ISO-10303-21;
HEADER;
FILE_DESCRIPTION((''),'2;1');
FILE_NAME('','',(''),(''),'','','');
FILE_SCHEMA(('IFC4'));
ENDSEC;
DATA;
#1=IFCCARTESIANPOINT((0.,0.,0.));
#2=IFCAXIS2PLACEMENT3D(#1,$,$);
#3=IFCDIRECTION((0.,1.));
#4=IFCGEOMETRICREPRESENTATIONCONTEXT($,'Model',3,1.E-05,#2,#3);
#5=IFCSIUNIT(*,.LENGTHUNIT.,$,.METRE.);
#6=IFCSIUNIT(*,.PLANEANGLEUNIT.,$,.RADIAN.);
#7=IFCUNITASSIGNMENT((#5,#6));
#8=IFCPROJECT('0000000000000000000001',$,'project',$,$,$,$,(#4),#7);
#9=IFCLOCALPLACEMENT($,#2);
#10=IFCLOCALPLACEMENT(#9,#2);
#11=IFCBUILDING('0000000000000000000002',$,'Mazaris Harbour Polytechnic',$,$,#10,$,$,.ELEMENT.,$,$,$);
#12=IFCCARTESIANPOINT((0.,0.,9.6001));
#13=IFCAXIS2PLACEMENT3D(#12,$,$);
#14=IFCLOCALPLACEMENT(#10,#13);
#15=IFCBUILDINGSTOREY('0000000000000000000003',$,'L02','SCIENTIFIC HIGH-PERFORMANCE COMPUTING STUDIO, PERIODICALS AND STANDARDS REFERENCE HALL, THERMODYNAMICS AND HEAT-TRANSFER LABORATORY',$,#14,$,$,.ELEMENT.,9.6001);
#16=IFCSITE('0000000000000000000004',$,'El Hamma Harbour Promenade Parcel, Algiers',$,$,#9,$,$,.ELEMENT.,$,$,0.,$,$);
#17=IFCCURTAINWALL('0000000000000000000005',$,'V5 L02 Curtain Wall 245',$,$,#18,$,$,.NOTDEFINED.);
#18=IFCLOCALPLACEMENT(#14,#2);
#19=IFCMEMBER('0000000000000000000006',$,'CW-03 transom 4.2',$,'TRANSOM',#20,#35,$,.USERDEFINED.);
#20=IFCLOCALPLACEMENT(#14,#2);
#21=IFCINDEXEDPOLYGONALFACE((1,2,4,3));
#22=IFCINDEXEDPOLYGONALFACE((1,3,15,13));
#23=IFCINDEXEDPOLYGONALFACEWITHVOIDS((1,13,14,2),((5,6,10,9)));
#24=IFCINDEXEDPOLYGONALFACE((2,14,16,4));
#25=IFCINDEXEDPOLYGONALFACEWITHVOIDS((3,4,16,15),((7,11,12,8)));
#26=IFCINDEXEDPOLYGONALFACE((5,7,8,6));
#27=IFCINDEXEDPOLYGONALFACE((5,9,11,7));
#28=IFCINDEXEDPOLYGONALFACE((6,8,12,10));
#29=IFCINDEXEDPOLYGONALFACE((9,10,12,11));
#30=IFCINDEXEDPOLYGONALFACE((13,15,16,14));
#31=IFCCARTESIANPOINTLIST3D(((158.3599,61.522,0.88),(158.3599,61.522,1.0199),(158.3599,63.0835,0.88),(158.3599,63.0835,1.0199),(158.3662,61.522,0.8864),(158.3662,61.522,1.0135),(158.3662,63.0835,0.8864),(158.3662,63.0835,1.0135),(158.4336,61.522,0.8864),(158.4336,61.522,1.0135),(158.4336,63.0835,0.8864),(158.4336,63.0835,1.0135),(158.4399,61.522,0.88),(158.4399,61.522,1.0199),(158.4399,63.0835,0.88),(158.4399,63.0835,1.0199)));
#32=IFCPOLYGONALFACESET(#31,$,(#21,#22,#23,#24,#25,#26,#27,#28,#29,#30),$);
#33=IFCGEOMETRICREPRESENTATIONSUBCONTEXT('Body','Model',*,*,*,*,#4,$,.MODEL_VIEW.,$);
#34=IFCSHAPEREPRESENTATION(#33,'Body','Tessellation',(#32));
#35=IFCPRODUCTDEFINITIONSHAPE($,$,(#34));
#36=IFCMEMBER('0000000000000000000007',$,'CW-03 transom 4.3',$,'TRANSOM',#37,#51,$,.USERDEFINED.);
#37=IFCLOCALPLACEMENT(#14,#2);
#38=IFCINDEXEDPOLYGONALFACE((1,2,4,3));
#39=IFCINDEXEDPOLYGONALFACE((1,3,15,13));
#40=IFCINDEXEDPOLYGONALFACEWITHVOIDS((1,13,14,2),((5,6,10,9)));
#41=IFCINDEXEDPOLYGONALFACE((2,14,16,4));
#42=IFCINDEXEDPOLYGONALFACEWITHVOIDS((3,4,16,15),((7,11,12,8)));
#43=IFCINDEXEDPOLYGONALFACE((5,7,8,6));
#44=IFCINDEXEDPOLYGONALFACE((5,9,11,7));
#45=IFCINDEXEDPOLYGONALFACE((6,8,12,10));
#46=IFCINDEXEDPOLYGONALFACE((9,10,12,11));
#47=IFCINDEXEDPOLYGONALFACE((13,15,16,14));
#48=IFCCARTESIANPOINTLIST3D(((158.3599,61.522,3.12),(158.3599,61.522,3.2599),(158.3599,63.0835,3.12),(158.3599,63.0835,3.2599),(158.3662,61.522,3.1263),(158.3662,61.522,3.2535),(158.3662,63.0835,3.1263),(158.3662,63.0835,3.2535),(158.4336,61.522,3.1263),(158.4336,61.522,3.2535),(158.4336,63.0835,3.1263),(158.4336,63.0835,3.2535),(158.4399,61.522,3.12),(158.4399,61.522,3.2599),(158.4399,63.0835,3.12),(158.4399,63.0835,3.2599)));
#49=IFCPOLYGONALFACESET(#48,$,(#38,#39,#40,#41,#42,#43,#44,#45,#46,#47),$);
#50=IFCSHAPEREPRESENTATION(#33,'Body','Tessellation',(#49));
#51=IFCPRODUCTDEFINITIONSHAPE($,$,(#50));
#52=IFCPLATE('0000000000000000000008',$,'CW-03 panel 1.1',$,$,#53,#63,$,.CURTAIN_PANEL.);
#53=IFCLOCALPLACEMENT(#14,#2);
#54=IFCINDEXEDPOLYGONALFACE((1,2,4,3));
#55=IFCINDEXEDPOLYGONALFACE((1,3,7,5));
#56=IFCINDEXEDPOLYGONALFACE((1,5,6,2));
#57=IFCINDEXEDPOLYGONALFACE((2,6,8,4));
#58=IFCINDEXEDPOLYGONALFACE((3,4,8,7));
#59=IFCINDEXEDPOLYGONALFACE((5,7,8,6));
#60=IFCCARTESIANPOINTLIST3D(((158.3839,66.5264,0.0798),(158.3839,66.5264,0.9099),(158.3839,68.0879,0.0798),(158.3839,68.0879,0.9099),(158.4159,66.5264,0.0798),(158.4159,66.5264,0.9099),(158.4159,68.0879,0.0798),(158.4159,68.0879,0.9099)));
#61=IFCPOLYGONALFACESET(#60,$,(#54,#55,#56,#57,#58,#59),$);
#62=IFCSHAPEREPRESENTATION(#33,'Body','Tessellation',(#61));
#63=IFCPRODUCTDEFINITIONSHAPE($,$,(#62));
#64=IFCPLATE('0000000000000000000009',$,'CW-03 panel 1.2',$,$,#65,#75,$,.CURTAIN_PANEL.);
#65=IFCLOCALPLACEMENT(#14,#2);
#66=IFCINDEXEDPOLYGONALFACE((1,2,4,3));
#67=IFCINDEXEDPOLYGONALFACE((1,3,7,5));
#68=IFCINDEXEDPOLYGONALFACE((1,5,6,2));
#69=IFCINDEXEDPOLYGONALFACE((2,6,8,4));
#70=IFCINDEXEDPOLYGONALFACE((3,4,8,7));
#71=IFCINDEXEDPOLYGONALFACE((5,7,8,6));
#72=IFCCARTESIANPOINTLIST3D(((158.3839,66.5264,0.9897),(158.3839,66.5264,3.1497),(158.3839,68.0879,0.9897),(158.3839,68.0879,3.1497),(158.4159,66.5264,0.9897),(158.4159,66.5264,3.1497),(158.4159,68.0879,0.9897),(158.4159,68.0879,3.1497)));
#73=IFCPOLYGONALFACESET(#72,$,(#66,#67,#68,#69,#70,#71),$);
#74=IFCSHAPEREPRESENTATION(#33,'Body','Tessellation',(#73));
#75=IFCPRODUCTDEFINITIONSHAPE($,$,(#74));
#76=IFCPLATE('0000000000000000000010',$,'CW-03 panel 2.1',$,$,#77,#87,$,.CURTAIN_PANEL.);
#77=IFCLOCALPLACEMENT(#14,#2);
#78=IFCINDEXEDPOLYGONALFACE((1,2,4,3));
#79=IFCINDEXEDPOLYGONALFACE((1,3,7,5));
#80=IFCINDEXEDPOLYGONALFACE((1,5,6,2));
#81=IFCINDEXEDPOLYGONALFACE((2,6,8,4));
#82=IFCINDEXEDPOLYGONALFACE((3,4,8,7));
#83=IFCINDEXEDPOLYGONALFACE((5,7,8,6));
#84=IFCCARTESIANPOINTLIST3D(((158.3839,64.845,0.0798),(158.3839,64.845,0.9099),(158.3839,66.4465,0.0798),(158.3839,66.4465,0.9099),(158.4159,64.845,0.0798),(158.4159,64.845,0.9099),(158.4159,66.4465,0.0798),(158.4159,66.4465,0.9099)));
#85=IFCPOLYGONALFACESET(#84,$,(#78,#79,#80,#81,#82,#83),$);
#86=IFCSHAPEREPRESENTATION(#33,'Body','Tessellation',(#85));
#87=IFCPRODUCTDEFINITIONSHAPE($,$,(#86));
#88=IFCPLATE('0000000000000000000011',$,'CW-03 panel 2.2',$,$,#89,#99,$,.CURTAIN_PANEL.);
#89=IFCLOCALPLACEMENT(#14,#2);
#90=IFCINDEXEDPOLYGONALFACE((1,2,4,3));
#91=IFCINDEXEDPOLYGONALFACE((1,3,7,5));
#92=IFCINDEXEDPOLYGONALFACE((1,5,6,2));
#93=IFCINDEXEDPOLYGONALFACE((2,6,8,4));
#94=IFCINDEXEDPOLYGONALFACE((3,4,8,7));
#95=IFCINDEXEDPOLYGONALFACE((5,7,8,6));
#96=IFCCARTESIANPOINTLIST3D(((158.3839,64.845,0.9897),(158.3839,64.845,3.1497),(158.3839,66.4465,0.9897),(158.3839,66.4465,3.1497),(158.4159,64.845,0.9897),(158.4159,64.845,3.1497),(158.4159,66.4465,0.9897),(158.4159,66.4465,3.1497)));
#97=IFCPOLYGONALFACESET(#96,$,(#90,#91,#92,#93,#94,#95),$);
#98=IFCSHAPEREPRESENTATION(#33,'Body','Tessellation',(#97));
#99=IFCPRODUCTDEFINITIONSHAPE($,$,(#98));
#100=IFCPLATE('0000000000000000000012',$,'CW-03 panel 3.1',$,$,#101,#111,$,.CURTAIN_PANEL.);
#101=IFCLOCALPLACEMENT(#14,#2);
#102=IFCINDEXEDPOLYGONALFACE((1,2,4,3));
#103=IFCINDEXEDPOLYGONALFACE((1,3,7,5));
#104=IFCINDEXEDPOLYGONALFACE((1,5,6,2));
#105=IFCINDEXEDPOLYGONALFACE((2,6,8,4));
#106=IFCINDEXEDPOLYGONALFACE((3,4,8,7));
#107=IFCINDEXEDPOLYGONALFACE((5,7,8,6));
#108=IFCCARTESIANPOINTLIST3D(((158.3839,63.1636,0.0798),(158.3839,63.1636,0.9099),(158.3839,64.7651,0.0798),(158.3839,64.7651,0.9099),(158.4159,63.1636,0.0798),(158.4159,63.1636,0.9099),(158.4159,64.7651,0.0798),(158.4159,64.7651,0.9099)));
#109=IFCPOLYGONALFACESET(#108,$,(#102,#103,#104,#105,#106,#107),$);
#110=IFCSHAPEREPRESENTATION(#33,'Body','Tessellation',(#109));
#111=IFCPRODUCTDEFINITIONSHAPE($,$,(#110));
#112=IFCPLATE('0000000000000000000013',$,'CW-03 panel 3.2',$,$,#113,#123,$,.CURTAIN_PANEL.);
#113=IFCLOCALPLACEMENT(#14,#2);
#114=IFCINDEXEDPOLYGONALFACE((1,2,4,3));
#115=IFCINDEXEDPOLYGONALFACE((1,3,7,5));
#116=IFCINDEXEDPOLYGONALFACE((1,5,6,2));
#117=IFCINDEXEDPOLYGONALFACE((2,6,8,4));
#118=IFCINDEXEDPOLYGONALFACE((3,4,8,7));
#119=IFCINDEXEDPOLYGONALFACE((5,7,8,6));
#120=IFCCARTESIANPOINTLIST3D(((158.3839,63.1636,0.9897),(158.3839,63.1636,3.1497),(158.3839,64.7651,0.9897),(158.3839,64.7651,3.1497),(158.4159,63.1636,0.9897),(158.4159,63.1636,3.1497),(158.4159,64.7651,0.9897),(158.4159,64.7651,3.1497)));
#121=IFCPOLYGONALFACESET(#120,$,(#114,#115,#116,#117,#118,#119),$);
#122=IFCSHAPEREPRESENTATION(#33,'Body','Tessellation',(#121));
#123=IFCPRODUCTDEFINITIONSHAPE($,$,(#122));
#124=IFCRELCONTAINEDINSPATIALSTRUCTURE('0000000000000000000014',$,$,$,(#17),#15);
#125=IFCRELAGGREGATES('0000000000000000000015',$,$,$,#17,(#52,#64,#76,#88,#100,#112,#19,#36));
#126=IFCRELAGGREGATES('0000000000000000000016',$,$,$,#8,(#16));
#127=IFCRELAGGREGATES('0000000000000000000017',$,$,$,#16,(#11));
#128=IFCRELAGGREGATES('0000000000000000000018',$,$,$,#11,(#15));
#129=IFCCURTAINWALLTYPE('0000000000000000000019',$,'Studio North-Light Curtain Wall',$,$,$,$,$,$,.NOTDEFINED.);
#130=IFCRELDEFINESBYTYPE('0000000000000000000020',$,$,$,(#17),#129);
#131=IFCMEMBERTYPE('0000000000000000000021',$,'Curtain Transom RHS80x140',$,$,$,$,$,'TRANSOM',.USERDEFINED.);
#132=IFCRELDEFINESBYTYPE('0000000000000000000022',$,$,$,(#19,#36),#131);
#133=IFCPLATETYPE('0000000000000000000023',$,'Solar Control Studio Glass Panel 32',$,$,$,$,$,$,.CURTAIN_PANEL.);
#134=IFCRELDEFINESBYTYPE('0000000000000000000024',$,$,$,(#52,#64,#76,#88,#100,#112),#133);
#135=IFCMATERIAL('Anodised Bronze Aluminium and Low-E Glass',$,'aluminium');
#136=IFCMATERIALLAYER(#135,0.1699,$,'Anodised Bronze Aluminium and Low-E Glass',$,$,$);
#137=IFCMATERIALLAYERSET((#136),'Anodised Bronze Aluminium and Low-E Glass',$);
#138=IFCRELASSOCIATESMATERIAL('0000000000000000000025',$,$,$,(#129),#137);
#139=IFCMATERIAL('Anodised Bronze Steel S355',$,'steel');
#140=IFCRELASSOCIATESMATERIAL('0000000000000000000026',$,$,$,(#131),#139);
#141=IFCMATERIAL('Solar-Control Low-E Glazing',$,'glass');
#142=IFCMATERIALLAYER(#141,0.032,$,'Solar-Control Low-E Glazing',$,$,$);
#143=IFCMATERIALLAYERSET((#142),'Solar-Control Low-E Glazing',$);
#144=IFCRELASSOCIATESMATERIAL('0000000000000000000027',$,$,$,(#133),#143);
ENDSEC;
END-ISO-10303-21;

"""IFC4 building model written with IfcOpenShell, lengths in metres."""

from ifc_helpers import new_model, si_unit, direction, frame, origin, origin_2d, place, context, subcontext, project, spatial, rectangle, hollow_rectangle, extrude, material, layer, layer_set, material_profile, profile_set, type_object, element, aggregate, save


model = new_model("IFC4")

# Units and contexts
model_context = context("Model", 3, precision=1e-05, world=origin(), true_north=direction((0.0, 1.0)))
body_context = subcontext(model_context, "Body", "Model", "MODEL_VIEW")
ifc_project = project(units=[si_unit("LENGTHUNIT", "METRE"), si_unit("PLANEANGLEUNIT", "RADIAN")], contexts=[model_context])

# Site, building, storey
site_placement = place(None, origin())
site = spatial("IfcSite", under=ifc_project, at=site_placement, Name="El Hamma Harbour Promenade Parcel, Algiers", CompositionType="ELEMENT", RefElevation=0.0)
building_placement = place(site_placement, origin())
building = spatial("IfcBuilding", under=site, at=building_placement, Name="Mazaris Harbour Polytechnic", CompositionType="ELEMENT")
storey_placement = place(building_placement, frame((0.0, 0.0, 9.6001)))
storey = spatial("IfcBuildingStorey", under=building, at=storey_placement, Name="L02", Description="SCIENTIFIC HIGH-PERFORMANCE COMPUTING STUDIO, PERIODICALS AND STANDARDS REFERENCE HALL, THERMODYNAMICS AND HEAT-TRANSFER LABORATORY", CompositionType="ELEMENT", Elevation=9.6001)

# Curtain wall, members, plates
ifc_material_1 = material(Name="Anodised Bronze Aluminium and Low-E Glass", Category="aluminium")
ifc_layer_1 = layer(ifc_material_1, 0.1699, Name="Anodised Bronze Aluminium and Low-E Glass")
ifc_layer_set_1 = layer_set([ifc_layer_1], Name="Anodised Bronze Aluminium and Low-E Glass")
curtain_wall_type = type_object("IfcCurtainWallType", Name="Studio North-Light Curtain Wall", PredefinedType="NOTDEFINED", material=ifc_layer_set_1)
curtain_wall_placement = place(storey_placement, origin())
curtain_wall = element("IfcCurtainWall", 1, at=curtain_wall_placement, inside=storey, type_object=curtain_wall_type, Name="V5 L02 Curtain Wall 245", PredefinedType="NOTDEFINED")
ifc_material_2 = material(Name="Anodised Bronze Steel S355", Category="steel")
ifc_material_profile_1 = material_profile(ifc_material_2, hollow_rectangle(XDim=0.0801, YDim=0.1399, WallThickness=0.0063, at=origin_2d()), Name="RHS 80x140x6.3")
ifc_profile_set_1 = profile_set([ifc_material_profile_1], Name="Anodised Bronze Steel S355")
member_type_1 = type_object("IfcMemberType", Name="Curtain Transom RHS80x140", ElementType="TRANSOM", PredefinedType="USERDEFINED", material=ifc_profile_set_1)
member_1_placement = place(storey_placement, frame((158.3999, 63.0835, 0.95), z_axis=(0.0, -1.0, 0.0), x_axis=(1.0, 0.0, 0.0)))
member_1 = element("IfcMember", 2, at=member_1_placement, type_object=member_type_1, Name="CW-03 transom 4.2", ObjectType="TRANSOM", PredefinedType="USERDEFINED", context=body_context, shape_type="SweptSolid", body=[
    extrude(hollow_rectangle(XDim=0.0801, YDim=0.1399, WallThickness=0.0063, at=origin_2d()), origin(), (0.0, 0.0, 1.0), 1.5615),
])
member_2_placement = place(storey_placement, frame((158.3999, 63.0835, 3.1899), z_axis=(0.0, -1.0, 0.0), x_axis=(1.0, 0.0, 0.0)))
member_2 = element("IfcMember", 3, at=member_2_placement, type_object=member_type_1, Name="CW-03 transom 4.3", ObjectType="TRANSOM", PredefinedType="USERDEFINED", context=body_context, shape_type="SweptSolid", body=[
    extrude(hollow_rectangle(XDim=0.0801, YDim=0.1399, WallThickness=0.0063, at=origin_2d()), origin(), (0.0, 0.0, 1.0), 1.5615),
])
ifc_material_3 = material(Name="Solar-Control Low-E Glazing", Category="glass")
ifc_layer_2 = layer(ifc_material_3, 0.032, Name="Solar-Control Low-E Glazing")
ifc_layer_set_2 = layer_set([ifc_layer_2], Name="Solar-Control Low-E Glazing")
plate_type = type_object("IfcPlateType", Name="Solar Control Studio Glass Panel 32", PredefinedType="CURTAIN_PANEL", material=ifc_layer_set_2)
plate_1_placement = place(storey_placement, frame((158.3999, 67.3071, 0.0798), z_axis=(0.0, 0.0, 1.0), x_axis=(0.0, -1.0, 0.0)))
plate_1 = element("IfcPlate", 4, at=plate_1_placement, type_object=plate_type, Name="CW-03 panel 1.1", PredefinedType="CURTAIN_PANEL", context=body_context, shape_type="SweptSolid", body=[
    extrude(rectangle(XDim=1.5615, YDim=0.032, at=origin_2d()), origin(), (0.0, 0.0, 1.0), 0.8301),
])
plate_2_placement = place(storey_placement, frame((158.3999, 67.3071, 0.9897), z_axis=(0.0, 0.0, 1.0), x_axis=(0.0, -1.0, 0.0)))
plate_2 = element("IfcPlate", 5, at=plate_2_placement, type_object=plate_type, Name="CW-03 panel 1.2", PredefinedType="CURTAIN_PANEL", context=body_context, shape_type="SweptSolid", body=[
    extrude(rectangle(XDim=1.5615, YDim=0.032, at=origin_2d()), origin(), (0.0, 0.0, 1.0), 2.1599),
])
plate_3_placement = place(storey_placement, frame((158.3999, 65.6458, 0.0798), z_axis=(0.0, 0.0, 1.0), x_axis=(0.0, -1.0, 0.0)))
plate_3 = element("IfcPlate", 6, at=plate_3_placement, type_object=plate_type, Name="CW-03 panel 2.1", PredefinedType="CURTAIN_PANEL", context=body_context, shape_type="SweptSolid", body=[
    extrude(rectangle(XDim=1.6016, YDim=0.032, at=origin_2d()), origin(), (0.0, 0.0, 1.0), 0.8301),
])
plate_4_placement = place(storey_placement, frame((158.3999, 65.6458, 0.9897), z_axis=(0.0, 0.0, 1.0), x_axis=(0.0, -1.0, 0.0)))
plate_4 = element("IfcPlate", 7, at=plate_4_placement, type_object=plate_type, Name="CW-03 panel 2.2", PredefinedType="CURTAIN_PANEL", context=body_context, shape_type="SweptSolid", body=[
    extrude(rectangle(XDim=1.6016, YDim=0.032, at=origin_2d()), origin(), (0.0, 0.0, 1.0), 2.1599),
])
plate_5_placement = place(storey_placement, frame((158.3999, 63.9644, 0.0798), z_axis=(0.0, 0.0, 1.0), x_axis=(0.0, -1.0, 0.0)))
plate_5 = element("IfcPlate", 8, at=plate_5_placement, type_object=plate_type, Name="CW-03 panel 3.1", PredefinedType="CURTAIN_PANEL", context=body_context, shape_type="SweptSolid", body=[
    extrude(rectangle(XDim=1.6016, YDim=0.032, at=origin_2d()), origin(), (0.0, 0.0, 1.0), 0.8301),
])
plate_6_placement = place(storey_placement, frame((158.3999, 63.9644, 0.9897), z_axis=(0.0, 0.0, 1.0), x_axis=(0.0, -1.0, 0.0)))
plate_6 = element("IfcPlate", 9, at=plate_6_placement, type_object=plate_type, Name="CW-03 panel 3.2", PredefinedType="CURTAIN_PANEL", context=body_context, shape_type="SweptSolid", body=[
    extrude(rectangle(XDim=1.6016, YDim=0.032, at=origin_2d()), origin(), (0.0, 0.0, 1.0), 2.1599),
])
aggregate(curtain_wall, [plate_1, plate_2, plate_3, plate_4, plate_5, plate_6, member_1, member_2])

save(model, "model.ifc")
